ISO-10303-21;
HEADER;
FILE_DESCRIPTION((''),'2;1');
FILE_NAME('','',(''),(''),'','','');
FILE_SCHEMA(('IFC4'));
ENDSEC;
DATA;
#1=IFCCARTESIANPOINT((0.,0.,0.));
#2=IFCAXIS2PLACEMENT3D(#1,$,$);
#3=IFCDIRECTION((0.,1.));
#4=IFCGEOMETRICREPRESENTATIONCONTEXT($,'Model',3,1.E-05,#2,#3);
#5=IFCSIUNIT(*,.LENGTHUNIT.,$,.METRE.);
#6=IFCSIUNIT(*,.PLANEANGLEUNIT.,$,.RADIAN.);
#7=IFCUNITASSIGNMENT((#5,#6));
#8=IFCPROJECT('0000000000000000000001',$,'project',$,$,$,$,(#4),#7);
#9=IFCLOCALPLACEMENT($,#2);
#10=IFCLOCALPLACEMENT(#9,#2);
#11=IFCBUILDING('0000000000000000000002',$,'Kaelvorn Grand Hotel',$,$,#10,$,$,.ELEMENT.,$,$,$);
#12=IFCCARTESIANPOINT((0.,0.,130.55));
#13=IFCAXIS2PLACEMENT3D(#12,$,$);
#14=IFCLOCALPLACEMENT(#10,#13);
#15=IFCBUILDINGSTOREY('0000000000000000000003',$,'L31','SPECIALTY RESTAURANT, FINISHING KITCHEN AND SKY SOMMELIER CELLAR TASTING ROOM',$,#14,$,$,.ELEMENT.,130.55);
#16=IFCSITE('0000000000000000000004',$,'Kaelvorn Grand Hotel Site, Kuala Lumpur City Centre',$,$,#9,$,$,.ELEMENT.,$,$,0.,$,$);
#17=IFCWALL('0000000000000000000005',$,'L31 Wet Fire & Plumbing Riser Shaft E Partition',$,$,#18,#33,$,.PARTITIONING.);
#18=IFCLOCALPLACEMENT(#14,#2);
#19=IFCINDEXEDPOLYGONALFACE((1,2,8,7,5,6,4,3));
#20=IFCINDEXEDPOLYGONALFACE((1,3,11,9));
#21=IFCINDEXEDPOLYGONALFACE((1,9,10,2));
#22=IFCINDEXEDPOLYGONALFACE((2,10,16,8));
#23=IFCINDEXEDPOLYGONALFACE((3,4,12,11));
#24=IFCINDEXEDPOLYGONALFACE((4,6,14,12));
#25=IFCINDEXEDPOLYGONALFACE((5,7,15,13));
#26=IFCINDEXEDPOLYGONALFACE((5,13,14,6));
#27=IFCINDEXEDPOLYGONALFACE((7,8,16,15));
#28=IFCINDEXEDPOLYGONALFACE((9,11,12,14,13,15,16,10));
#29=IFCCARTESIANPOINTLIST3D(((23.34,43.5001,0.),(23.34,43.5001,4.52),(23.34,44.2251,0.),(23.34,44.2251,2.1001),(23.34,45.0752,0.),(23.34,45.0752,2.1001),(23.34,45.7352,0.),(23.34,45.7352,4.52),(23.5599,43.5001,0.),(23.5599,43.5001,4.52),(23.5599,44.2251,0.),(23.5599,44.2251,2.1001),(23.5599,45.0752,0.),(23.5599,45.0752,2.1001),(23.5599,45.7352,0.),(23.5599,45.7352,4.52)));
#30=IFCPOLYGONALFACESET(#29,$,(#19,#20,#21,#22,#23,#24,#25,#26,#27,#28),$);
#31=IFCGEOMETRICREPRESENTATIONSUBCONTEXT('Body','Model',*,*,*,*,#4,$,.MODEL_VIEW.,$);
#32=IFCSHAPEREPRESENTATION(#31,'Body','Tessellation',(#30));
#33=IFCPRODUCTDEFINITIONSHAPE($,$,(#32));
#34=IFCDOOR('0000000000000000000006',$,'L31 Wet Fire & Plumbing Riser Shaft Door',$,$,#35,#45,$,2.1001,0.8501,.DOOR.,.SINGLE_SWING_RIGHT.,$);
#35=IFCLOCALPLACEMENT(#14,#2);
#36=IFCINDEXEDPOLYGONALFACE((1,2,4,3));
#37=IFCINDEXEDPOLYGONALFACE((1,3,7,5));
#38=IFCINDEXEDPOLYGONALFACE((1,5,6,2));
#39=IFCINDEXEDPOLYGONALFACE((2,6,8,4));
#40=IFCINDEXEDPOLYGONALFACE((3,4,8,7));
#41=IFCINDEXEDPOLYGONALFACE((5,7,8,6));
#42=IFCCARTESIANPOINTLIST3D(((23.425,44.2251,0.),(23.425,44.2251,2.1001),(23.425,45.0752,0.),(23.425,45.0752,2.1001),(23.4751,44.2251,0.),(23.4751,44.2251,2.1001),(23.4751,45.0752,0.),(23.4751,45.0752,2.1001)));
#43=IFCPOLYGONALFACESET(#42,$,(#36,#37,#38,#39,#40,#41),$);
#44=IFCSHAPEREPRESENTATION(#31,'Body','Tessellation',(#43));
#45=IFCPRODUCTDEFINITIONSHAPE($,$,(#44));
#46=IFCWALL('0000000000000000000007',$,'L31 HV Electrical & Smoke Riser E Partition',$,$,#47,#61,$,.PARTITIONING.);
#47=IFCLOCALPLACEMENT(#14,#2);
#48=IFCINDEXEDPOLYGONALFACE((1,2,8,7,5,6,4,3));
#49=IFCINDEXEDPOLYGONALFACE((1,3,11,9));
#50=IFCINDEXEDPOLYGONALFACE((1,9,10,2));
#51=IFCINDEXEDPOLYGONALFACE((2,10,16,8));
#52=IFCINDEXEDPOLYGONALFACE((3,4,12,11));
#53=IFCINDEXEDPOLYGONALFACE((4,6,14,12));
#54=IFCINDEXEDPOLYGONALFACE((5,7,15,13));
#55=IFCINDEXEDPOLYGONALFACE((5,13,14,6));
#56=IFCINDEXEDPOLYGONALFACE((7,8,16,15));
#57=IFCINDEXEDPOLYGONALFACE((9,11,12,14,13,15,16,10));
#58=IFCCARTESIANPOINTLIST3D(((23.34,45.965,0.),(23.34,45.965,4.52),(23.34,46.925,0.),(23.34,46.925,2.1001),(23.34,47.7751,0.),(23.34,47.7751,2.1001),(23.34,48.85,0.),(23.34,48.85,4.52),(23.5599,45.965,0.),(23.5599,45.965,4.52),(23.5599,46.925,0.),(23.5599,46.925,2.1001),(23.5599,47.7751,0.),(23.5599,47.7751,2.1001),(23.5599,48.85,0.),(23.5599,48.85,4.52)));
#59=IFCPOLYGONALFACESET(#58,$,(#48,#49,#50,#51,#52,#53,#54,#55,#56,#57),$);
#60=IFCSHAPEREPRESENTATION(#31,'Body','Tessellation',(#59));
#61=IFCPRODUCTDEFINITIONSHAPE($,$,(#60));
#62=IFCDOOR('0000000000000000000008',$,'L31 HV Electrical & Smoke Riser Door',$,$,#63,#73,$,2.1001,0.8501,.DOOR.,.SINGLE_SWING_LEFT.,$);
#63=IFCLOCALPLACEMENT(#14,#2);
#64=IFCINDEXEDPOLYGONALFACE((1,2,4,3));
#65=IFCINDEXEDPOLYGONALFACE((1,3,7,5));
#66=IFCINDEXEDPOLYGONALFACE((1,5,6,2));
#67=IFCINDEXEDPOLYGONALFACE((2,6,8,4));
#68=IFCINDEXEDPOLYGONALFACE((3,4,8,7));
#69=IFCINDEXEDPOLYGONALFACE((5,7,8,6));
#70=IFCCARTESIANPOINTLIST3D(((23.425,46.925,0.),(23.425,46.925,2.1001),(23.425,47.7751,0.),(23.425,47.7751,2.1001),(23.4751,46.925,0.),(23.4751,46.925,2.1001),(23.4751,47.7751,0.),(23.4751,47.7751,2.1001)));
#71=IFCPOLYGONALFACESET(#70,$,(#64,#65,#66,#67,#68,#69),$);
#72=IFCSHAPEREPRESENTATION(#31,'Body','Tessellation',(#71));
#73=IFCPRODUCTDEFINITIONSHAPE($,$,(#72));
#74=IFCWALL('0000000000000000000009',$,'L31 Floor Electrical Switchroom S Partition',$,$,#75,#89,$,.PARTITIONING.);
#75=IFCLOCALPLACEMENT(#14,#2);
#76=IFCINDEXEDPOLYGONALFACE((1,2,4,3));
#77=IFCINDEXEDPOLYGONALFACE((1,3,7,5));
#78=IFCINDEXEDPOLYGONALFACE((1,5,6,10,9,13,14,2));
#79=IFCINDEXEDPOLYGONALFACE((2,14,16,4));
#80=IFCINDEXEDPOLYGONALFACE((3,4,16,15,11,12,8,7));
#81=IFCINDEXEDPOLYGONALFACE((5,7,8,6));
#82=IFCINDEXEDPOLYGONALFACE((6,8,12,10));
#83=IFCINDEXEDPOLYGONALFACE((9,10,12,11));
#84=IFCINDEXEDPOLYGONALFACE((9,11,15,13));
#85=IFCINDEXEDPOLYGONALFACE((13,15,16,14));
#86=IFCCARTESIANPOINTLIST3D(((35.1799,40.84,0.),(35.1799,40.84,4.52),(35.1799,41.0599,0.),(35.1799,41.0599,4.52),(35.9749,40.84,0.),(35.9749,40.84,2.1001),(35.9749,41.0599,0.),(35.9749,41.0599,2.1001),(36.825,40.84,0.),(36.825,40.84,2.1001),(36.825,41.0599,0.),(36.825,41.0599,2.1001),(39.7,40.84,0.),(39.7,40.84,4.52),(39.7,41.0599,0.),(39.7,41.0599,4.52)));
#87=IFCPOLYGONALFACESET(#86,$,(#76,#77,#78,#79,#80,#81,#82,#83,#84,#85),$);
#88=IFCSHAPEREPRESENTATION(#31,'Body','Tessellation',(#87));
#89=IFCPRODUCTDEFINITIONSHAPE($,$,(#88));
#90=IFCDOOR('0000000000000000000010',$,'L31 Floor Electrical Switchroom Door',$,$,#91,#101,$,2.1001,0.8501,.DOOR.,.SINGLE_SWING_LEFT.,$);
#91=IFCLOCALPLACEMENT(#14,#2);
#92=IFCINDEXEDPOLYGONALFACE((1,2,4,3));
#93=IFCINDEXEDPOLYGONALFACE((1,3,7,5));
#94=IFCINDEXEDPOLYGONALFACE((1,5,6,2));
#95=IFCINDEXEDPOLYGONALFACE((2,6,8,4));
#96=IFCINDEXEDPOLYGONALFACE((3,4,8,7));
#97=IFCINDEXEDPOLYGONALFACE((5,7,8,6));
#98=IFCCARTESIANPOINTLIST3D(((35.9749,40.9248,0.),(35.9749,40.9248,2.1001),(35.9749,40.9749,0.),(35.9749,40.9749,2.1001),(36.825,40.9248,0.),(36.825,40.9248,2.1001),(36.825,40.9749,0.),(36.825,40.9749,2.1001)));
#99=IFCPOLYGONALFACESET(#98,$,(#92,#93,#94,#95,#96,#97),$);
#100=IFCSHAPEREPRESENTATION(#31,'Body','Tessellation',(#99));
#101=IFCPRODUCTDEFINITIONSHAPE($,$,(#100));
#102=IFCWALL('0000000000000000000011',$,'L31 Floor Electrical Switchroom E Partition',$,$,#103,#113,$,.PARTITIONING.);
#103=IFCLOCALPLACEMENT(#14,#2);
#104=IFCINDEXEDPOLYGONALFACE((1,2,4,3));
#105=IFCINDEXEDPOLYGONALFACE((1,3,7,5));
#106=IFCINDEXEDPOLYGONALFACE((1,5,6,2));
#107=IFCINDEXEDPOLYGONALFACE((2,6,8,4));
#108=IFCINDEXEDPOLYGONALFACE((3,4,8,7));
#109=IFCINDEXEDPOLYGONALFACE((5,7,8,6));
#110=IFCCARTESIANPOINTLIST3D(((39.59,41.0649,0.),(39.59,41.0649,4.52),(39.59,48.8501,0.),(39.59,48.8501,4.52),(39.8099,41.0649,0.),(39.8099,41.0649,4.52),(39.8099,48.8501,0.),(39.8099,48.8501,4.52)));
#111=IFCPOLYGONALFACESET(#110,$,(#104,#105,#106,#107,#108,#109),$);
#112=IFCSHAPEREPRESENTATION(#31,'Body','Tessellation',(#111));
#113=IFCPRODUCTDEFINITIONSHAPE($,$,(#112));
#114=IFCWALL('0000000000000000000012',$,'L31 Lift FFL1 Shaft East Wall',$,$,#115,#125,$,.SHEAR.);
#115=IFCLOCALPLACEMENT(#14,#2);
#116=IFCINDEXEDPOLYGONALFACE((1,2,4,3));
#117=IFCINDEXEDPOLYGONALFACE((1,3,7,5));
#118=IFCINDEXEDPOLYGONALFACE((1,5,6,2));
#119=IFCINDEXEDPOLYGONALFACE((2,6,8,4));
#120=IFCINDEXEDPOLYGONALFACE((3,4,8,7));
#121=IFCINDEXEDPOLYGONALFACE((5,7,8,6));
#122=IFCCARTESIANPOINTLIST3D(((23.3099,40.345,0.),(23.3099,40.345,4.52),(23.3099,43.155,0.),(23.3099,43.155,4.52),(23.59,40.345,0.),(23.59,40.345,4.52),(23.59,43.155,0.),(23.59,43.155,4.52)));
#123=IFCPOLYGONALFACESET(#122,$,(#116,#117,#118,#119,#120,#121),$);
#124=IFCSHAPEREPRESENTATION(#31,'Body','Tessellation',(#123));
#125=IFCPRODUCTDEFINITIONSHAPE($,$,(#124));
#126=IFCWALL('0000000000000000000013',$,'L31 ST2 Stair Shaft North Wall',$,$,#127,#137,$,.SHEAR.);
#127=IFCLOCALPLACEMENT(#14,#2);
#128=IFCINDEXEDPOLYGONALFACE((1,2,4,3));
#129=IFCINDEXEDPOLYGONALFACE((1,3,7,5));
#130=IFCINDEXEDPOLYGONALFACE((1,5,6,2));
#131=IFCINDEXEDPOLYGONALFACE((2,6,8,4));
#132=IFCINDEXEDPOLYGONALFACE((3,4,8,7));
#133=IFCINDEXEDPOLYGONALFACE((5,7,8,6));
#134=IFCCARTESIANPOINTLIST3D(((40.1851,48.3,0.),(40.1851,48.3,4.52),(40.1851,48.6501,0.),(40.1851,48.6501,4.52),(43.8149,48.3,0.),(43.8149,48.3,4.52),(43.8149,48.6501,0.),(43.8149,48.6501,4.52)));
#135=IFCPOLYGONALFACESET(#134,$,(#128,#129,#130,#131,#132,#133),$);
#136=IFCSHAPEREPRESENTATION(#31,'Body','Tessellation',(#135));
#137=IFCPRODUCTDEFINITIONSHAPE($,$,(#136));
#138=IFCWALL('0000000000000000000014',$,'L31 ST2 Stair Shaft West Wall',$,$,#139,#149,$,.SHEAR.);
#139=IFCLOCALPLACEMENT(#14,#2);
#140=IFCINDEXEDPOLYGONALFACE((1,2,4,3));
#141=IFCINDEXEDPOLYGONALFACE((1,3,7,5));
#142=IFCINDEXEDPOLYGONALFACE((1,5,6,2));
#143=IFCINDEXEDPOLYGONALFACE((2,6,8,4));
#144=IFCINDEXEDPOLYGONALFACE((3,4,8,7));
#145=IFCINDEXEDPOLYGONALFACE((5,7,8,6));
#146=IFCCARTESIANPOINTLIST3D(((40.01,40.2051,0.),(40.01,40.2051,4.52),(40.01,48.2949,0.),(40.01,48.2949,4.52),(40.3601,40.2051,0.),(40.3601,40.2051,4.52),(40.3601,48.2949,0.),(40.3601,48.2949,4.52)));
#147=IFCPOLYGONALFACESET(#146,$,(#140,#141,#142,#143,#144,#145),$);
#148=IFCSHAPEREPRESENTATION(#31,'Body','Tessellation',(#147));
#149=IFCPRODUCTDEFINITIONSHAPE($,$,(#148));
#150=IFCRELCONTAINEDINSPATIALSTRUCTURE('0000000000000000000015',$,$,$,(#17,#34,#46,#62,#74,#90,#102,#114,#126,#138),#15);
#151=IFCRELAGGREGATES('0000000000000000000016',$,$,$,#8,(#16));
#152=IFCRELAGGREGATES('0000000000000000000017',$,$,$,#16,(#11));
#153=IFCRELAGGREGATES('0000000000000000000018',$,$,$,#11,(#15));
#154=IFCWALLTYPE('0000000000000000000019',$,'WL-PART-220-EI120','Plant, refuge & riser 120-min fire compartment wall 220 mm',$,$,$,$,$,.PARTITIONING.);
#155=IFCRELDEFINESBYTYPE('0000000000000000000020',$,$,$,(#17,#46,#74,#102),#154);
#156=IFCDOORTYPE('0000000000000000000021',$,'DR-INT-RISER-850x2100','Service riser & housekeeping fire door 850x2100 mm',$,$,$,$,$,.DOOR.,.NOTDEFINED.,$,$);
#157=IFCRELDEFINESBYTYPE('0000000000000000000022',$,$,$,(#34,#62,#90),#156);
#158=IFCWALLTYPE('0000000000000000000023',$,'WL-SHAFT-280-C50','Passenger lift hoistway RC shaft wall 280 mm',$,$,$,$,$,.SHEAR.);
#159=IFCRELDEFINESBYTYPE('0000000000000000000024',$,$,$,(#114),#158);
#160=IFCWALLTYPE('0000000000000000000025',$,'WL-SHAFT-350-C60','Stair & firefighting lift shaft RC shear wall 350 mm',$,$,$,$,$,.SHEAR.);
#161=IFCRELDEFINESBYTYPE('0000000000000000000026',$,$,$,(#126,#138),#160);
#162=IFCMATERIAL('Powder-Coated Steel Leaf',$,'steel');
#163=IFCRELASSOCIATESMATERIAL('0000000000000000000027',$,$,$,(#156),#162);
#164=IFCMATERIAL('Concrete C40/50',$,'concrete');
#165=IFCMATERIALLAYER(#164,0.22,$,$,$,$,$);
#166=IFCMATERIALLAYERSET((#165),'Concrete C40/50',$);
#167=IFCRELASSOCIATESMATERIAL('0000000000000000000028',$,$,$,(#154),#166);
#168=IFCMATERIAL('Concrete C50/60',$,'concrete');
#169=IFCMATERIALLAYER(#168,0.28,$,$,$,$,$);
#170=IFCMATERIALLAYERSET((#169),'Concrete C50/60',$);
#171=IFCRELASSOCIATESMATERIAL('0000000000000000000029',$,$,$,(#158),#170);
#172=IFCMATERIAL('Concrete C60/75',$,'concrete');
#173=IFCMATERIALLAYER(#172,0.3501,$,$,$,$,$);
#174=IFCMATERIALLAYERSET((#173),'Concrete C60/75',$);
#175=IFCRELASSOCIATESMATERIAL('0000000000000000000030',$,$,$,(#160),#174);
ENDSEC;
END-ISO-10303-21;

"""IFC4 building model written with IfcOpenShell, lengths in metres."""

from ifc_helpers import new_model, si_unit, direction, frame, frame_2d, origin, place, context, subcontext, project, spatial, rectangle, extrude, material, layer, layer_set, type_object, element, fill, save


model = new_model("IFC4")

# Units and contexts
model_context = context("Model", 3, precision=1e-05, world=origin(), true_north=direction((0.0, 1.0)))
body_context = subcontext(model_context, "Body", "Model", "MODEL_VIEW")
ifc_project = project(units=[si_unit("LENGTHUNIT", "METRE"), si_unit("PLANEANGLEUNIT", "RADIAN")], contexts=[model_context])

# Site, building, storey
site_placement = place(None, origin())
site = spatial("IfcSite", under=ifc_project, at=site_placement, Name="Kaelvorn Grand Hotel Site, Kuala Lumpur City Centre", CompositionType="ELEMENT", RefElevation=0.0)
building_placement = place(site_placement, origin())
building = spatial("IfcBuilding", under=site, at=building_placement, Name="Kaelvorn Grand Hotel", CompositionType="ELEMENT")
storey_placement = place(building_placement, frame((0.0, 0.0, 130.55)))
storey = spatial("IfcBuildingStorey", under=building, at=storey_placement, Name="L31", Description="SPECIALTY RESTAURANT, FINISHING KITCHEN AND SKY SOMMELIER CELLAR TASTING ROOM", CompositionType="ELEMENT", Elevation=130.55)

# Shared definitions
ifc_material_1 = material(Name="Concrete C60/75", Category="concrete")

# Shared definitions
ifc_material_2 = material(Name="Powder-Coated Steel Leaf", Category="steel")
door_type_1 = type_object("IfcDoorType", Name="DR-INT-RISER-850x2100", Description="Service riser & housekeeping fire door 850x2100 mm", OperationType="NOTDEFINED", PredefinedType="DOOR", material=ifc_material_2)

# Walls, openings, doors
ifc_material_3 = material(Name="Concrete C40/50", Category="concrete")
ifc_layer_1 = layer(ifc_material_3, 0.22)
ifc_layer_set_1 = layer_set([ifc_layer_1], Name="Concrete C40/50")
wall_type_1 = type_object("IfcWallType", Name="WL-PART-220-EI120", Description="Plant, refuge & riser 120-min fire compartment wall 220 mm", PredefinedType="PARTITIONING", material=ifc_layer_set_1)
wall_1_placement = place(storey_placement, frame((23.45, 43.5, 0.0), z_axis=(0.0, 0.0, 1.0), x_axis=(0.0, 1.0, 0.0)))
wall_1 = element("IfcWall", 1, at=wall_1_placement, inside=storey, type_object=wall_type_1, Name="L31 Wet Fire & Plumbing Riser Shaft E Partition", PredefinedType="PARTITIONING", context=body_context, shape_type="SweptSolid", body=[
    extrude(rectangle(XDim=2.2351, YDim=0.22, at=frame_2d((1.1177, 0.0))), origin(), (0.0, 0.0, 1.0), 4.52),
])
opening_1_placement = place(wall_1_placement, frame((0.7251, 0.0, 0.0)))
opening_1 = element("IfcOpeningElement", 2, at=opening_1_placement, cuts=wall_1, PredefinedType="OPENING", context=body_context, shape_type="SweptSolid", body=[
    extrude(rectangle(XDim=0.8501, YDim=2.1001, at=frame_2d((0.425, 1.05))), frame((0.0, 0.1201, 0.0), z_axis=(0.0, -1.0, 0.0), x_axis=(1.0, 0.0, 0.0)), (0.0, 0.0, 1.0), 0.24),
])
door_1_placement = place(opening_1_placement, origin())
door_1 = element("IfcDoor", 3, at=door_1_placement, inside=storey, type_object=door_type_1, Name="L31 Wet Fire & Plumbing Riser Shaft Door", OperationType="SINGLE_SWING_RIGHT", OverallHeight=2.1001, OverallWidth=0.8501, PredefinedType="DOOR", context=body_context, shape_type="SweptSolid", body=[
    extrude(rectangle(XDim=0.8501, YDim=2.1001, at=frame_2d((0.425, 1.05))), frame((0.0, 0.0249, 0.0), z_axis=(0.0, -1.0, 0.0), x_axis=(1.0, 0.0, 0.0)), (0.0, 0.0, 1.0), 0.05),
])
fill(opening_1, door_1)
wall_2_placement = place(storey_placement, frame((23.45, 45.9651, 0.0), z_axis=(0.0, 0.0, 1.0), x_axis=(0.0, 1.0, 0.0)))
wall_2 = element("IfcWall", 4, at=wall_2_placement, inside=storey, type_object=wall_type_1, Name="L31 HV Electrical & Smoke Riser E Partition", PredefinedType="PARTITIONING", context=body_context, shape_type="SweptSolid", body=[
    extrude(rectangle(XDim=2.885, YDim=0.22, at=frame_2d((1.4424, 0.0))), origin(), (0.0, 0.0, 1.0), 4.52),
])
opening_2_placement = place(wall_2_placement, frame((0.96, 0.0, 0.0)))
opening_2 = element("IfcOpeningElement", 5, at=opening_2_placement, cuts=wall_2, PredefinedType="OPENING", context=body_context, shape_type="SweptSolid", body=[
    extrude(rectangle(XDim=0.8501, YDim=2.1001, at=frame_2d((0.425, 1.05))), frame((0.0, 0.1201, 0.0), z_axis=(0.0, -1.0, 0.0), x_axis=(1.0, 0.0, 0.0)), (0.0, 0.0, 1.0), 0.24),
])
door_2_placement = place(opening_2_placement, origin())
door_2 = element("IfcDoor", 6, at=door_2_placement, inside=storey, type_object=door_type_1, Name="L31 HV Electrical & Smoke Riser Door", OperationType="SINGLE_SWING_LEFT", OverallHeight=2.1001, OverallWidth=0.8501, PredefinedType="DOOR", context=body_context, shape_type="SweptSolid", body=[
    extrude(rectangle(XDim=0.8501, YDim=2.1001, at=frame_2d((0.425, 1.05))), frame((0.0, 0.0249, 0.0), z_axis=(0.0, -1.0, 0.0), x_axis=(1.0, 0.0, 0.0)), (0.0, 0.0, 1.0), 0.05),
])
fill(opening_2, door_2)
wall_3_placement = place(storey_placement, frame((35.1799, 40.95, 0.0), z_axis=(0.0, 0.0, 1.0), x_axis=(1.0, 0.0, 0.0)))
wall_3 = element("IfcWall", 7, at=wall_3_placement, inside=storey, type_object=wall_type_1, Name="L31 Floor Electrical Switchroom S Partition", PredefinedType="PARTITIONING", context=body_context, shape_type="SweptSolid", body=[
    extrude(rectangle(XDim=4.52, YDim=0.22, at=frame_2d((2.26, 0.0))), origin(), (0.0, 0.0, 1.0), 4.52),
])
opening_3_placement = place(wall_3_placement, frame((0.7949, 0.0, 0.0)))
opening_3 = element("IfcOpeningElement", 8, at=opening_3_placement, cuts=wall_3, PredefinedType="OPENING", context=body_context, shape_type="SweptSolid", body=[
    extrude(rectangle(XDim=0.8501, YDim=2.1001, at=frame_2d((0.425, 1.05))), frame((0.0, 0.1201, 0.0), z_axis=(0.0, -1.0, 0.0), x_axis=(1.0, 0.0, 0.0)), (0.0, 0.0, 1.0), 0.24),
])
door_3_placement = place(opening_3_placement, origin())
door_3 = element("IfcDoor", 9, at=door_3_placement, inside=storey, type_object=door_type_1, Name="L31 Floor Electrical Switchroom Door", OperationType="SINGLE_SWING_LEFT", OverallHeight=2.1001, OverallWidth=0.8501, PredefinedType="DOOR", context=body_context, shape_type="SweptSolid", body=[
    extrude(rectangle(XDim=0.8501, YDim=2.1001, at=frame_2d((0.425, 1.05))), frame((0.0, 0.0249, 0.0), z_axis=(0.0, -1.0, 0.0), x_axis=(1.0, 0.0, 0.0)), (0.0, 0.0, 1.0), 0.05),
])
fill(opening_3, door_3)

# Walls
wall_4_placement = place(storey_placement, frame((39.7, 41.0649, 0.0), z_axis=(0.0, 0.0, 1.0), x_axis=(0.0, 1.0, 0.0)))
element("IfcWall", 10, at=wall_4_placement, inside=storey, type_object=wall_type_1, Name="L31 Floor Electrical Switchroom E Partition", PredefinedType="PARTITIONING", context=body_context, shape_type="SweptSolid", body=[
    extrude(rectangle(XDim=7.7852, YDim=0.22, at=frame_2d((3.8926, 0.0))), origin(), (0.0, 0.0, 1.0), 4.52),
])
ifc_material_4 = material(Name="Concrete C50/60", Category="concrete")
ifc_layer_2 = layer(ifc_material_4, 0.28)
ifc_layer_set_2 = layer_set([ifc_layer_2], Name="Concrete C50/60")
wall_type_2 = type_object("IfcWallType", Name="WL-SHAFT-280-C50", Description="Passenger lift hoistway RC shaft wall 280 mm", PredefinedType="SHEAR", material=ifc_layer_set_2)
wall_5_placement = place(storey_placement, frame((23.45, 40.345, 0.0), z_axis=(0.0, 0.0, 1.0), x_axis=(0.0, 1.0, 0.0)))
element("IfcWall", 11, at=wall_5_placement, inside=storey, type_object=wall_type_2, Name="L31 Lift FFL1 Shaft East Wall", PredefinedType="SHEAR", context=body_context, shape_type="SweptSolid", body=[
    extrude(rectangle(XDim=2.8101, YDim=0.28, at=frame_2d((1.405, 0.0))), origin(), (0.0, 0.0, 1.0), 4.52),
])

# Shared definitions
ifc_layer_3 = layer(ifc_material_1, 0.3501)
ifc_layer_set_3 = layer_set([ifc_layer_3], Name="Concrete C60/75")
wall_type_3 = type_object("IfcWallType", Name="WL-SHAFT-350-C60", Description="Stair & firefighting lift shaft RC shear wall 350 mm", PredefinedType="SHEAR", material=ifc_layer_set_3)

# Walls
wall_6_placement = place(storey_placement, frame((40.1851, 48.4751, 0.0), z_axis=(0.0, 0.0, 1.0), x_axis=(1.0, 0.0, 0.0)))
element("IfcWall", 12, at=wall_6_placement, inside=storey, type_object=wall_type_3, Name="L31 ST2 Stair Shaft North Wall", PredefinedType="SHEAR", context=body_context, shape_type="SweptSolid", body=[
    extrude(rectangle(XDim=3.6299, YDim=0.3501, at=frame_2d((1.8149, 0.0))), origin(), (0.0, 0.0, 1.0), 4.52),
])
wall_7_placement = place(storey_placement, frame((40.1851, 40.2051, 0.0), z_axis=(0.0, 0.0, 1.0), x_axis=(0.0, 1.0, 0.0)))
element("IfcWall", 13, at=wall_7_placement, inside=storey, type_object=wall_type_3, Name="L31 ST2 Stair Shaft West Wall", PredefinedType="SHEAR", context=body_context, shape_type="SweptSolid", body=[
    extrude(rectangle(XDim=8.0898, YDim=0.3501, at=frame_2d((4.0449, 0.0))), origin(), (0.0, 0.0, 1.0), 4.52),
])

save(model, "model.ifc")
